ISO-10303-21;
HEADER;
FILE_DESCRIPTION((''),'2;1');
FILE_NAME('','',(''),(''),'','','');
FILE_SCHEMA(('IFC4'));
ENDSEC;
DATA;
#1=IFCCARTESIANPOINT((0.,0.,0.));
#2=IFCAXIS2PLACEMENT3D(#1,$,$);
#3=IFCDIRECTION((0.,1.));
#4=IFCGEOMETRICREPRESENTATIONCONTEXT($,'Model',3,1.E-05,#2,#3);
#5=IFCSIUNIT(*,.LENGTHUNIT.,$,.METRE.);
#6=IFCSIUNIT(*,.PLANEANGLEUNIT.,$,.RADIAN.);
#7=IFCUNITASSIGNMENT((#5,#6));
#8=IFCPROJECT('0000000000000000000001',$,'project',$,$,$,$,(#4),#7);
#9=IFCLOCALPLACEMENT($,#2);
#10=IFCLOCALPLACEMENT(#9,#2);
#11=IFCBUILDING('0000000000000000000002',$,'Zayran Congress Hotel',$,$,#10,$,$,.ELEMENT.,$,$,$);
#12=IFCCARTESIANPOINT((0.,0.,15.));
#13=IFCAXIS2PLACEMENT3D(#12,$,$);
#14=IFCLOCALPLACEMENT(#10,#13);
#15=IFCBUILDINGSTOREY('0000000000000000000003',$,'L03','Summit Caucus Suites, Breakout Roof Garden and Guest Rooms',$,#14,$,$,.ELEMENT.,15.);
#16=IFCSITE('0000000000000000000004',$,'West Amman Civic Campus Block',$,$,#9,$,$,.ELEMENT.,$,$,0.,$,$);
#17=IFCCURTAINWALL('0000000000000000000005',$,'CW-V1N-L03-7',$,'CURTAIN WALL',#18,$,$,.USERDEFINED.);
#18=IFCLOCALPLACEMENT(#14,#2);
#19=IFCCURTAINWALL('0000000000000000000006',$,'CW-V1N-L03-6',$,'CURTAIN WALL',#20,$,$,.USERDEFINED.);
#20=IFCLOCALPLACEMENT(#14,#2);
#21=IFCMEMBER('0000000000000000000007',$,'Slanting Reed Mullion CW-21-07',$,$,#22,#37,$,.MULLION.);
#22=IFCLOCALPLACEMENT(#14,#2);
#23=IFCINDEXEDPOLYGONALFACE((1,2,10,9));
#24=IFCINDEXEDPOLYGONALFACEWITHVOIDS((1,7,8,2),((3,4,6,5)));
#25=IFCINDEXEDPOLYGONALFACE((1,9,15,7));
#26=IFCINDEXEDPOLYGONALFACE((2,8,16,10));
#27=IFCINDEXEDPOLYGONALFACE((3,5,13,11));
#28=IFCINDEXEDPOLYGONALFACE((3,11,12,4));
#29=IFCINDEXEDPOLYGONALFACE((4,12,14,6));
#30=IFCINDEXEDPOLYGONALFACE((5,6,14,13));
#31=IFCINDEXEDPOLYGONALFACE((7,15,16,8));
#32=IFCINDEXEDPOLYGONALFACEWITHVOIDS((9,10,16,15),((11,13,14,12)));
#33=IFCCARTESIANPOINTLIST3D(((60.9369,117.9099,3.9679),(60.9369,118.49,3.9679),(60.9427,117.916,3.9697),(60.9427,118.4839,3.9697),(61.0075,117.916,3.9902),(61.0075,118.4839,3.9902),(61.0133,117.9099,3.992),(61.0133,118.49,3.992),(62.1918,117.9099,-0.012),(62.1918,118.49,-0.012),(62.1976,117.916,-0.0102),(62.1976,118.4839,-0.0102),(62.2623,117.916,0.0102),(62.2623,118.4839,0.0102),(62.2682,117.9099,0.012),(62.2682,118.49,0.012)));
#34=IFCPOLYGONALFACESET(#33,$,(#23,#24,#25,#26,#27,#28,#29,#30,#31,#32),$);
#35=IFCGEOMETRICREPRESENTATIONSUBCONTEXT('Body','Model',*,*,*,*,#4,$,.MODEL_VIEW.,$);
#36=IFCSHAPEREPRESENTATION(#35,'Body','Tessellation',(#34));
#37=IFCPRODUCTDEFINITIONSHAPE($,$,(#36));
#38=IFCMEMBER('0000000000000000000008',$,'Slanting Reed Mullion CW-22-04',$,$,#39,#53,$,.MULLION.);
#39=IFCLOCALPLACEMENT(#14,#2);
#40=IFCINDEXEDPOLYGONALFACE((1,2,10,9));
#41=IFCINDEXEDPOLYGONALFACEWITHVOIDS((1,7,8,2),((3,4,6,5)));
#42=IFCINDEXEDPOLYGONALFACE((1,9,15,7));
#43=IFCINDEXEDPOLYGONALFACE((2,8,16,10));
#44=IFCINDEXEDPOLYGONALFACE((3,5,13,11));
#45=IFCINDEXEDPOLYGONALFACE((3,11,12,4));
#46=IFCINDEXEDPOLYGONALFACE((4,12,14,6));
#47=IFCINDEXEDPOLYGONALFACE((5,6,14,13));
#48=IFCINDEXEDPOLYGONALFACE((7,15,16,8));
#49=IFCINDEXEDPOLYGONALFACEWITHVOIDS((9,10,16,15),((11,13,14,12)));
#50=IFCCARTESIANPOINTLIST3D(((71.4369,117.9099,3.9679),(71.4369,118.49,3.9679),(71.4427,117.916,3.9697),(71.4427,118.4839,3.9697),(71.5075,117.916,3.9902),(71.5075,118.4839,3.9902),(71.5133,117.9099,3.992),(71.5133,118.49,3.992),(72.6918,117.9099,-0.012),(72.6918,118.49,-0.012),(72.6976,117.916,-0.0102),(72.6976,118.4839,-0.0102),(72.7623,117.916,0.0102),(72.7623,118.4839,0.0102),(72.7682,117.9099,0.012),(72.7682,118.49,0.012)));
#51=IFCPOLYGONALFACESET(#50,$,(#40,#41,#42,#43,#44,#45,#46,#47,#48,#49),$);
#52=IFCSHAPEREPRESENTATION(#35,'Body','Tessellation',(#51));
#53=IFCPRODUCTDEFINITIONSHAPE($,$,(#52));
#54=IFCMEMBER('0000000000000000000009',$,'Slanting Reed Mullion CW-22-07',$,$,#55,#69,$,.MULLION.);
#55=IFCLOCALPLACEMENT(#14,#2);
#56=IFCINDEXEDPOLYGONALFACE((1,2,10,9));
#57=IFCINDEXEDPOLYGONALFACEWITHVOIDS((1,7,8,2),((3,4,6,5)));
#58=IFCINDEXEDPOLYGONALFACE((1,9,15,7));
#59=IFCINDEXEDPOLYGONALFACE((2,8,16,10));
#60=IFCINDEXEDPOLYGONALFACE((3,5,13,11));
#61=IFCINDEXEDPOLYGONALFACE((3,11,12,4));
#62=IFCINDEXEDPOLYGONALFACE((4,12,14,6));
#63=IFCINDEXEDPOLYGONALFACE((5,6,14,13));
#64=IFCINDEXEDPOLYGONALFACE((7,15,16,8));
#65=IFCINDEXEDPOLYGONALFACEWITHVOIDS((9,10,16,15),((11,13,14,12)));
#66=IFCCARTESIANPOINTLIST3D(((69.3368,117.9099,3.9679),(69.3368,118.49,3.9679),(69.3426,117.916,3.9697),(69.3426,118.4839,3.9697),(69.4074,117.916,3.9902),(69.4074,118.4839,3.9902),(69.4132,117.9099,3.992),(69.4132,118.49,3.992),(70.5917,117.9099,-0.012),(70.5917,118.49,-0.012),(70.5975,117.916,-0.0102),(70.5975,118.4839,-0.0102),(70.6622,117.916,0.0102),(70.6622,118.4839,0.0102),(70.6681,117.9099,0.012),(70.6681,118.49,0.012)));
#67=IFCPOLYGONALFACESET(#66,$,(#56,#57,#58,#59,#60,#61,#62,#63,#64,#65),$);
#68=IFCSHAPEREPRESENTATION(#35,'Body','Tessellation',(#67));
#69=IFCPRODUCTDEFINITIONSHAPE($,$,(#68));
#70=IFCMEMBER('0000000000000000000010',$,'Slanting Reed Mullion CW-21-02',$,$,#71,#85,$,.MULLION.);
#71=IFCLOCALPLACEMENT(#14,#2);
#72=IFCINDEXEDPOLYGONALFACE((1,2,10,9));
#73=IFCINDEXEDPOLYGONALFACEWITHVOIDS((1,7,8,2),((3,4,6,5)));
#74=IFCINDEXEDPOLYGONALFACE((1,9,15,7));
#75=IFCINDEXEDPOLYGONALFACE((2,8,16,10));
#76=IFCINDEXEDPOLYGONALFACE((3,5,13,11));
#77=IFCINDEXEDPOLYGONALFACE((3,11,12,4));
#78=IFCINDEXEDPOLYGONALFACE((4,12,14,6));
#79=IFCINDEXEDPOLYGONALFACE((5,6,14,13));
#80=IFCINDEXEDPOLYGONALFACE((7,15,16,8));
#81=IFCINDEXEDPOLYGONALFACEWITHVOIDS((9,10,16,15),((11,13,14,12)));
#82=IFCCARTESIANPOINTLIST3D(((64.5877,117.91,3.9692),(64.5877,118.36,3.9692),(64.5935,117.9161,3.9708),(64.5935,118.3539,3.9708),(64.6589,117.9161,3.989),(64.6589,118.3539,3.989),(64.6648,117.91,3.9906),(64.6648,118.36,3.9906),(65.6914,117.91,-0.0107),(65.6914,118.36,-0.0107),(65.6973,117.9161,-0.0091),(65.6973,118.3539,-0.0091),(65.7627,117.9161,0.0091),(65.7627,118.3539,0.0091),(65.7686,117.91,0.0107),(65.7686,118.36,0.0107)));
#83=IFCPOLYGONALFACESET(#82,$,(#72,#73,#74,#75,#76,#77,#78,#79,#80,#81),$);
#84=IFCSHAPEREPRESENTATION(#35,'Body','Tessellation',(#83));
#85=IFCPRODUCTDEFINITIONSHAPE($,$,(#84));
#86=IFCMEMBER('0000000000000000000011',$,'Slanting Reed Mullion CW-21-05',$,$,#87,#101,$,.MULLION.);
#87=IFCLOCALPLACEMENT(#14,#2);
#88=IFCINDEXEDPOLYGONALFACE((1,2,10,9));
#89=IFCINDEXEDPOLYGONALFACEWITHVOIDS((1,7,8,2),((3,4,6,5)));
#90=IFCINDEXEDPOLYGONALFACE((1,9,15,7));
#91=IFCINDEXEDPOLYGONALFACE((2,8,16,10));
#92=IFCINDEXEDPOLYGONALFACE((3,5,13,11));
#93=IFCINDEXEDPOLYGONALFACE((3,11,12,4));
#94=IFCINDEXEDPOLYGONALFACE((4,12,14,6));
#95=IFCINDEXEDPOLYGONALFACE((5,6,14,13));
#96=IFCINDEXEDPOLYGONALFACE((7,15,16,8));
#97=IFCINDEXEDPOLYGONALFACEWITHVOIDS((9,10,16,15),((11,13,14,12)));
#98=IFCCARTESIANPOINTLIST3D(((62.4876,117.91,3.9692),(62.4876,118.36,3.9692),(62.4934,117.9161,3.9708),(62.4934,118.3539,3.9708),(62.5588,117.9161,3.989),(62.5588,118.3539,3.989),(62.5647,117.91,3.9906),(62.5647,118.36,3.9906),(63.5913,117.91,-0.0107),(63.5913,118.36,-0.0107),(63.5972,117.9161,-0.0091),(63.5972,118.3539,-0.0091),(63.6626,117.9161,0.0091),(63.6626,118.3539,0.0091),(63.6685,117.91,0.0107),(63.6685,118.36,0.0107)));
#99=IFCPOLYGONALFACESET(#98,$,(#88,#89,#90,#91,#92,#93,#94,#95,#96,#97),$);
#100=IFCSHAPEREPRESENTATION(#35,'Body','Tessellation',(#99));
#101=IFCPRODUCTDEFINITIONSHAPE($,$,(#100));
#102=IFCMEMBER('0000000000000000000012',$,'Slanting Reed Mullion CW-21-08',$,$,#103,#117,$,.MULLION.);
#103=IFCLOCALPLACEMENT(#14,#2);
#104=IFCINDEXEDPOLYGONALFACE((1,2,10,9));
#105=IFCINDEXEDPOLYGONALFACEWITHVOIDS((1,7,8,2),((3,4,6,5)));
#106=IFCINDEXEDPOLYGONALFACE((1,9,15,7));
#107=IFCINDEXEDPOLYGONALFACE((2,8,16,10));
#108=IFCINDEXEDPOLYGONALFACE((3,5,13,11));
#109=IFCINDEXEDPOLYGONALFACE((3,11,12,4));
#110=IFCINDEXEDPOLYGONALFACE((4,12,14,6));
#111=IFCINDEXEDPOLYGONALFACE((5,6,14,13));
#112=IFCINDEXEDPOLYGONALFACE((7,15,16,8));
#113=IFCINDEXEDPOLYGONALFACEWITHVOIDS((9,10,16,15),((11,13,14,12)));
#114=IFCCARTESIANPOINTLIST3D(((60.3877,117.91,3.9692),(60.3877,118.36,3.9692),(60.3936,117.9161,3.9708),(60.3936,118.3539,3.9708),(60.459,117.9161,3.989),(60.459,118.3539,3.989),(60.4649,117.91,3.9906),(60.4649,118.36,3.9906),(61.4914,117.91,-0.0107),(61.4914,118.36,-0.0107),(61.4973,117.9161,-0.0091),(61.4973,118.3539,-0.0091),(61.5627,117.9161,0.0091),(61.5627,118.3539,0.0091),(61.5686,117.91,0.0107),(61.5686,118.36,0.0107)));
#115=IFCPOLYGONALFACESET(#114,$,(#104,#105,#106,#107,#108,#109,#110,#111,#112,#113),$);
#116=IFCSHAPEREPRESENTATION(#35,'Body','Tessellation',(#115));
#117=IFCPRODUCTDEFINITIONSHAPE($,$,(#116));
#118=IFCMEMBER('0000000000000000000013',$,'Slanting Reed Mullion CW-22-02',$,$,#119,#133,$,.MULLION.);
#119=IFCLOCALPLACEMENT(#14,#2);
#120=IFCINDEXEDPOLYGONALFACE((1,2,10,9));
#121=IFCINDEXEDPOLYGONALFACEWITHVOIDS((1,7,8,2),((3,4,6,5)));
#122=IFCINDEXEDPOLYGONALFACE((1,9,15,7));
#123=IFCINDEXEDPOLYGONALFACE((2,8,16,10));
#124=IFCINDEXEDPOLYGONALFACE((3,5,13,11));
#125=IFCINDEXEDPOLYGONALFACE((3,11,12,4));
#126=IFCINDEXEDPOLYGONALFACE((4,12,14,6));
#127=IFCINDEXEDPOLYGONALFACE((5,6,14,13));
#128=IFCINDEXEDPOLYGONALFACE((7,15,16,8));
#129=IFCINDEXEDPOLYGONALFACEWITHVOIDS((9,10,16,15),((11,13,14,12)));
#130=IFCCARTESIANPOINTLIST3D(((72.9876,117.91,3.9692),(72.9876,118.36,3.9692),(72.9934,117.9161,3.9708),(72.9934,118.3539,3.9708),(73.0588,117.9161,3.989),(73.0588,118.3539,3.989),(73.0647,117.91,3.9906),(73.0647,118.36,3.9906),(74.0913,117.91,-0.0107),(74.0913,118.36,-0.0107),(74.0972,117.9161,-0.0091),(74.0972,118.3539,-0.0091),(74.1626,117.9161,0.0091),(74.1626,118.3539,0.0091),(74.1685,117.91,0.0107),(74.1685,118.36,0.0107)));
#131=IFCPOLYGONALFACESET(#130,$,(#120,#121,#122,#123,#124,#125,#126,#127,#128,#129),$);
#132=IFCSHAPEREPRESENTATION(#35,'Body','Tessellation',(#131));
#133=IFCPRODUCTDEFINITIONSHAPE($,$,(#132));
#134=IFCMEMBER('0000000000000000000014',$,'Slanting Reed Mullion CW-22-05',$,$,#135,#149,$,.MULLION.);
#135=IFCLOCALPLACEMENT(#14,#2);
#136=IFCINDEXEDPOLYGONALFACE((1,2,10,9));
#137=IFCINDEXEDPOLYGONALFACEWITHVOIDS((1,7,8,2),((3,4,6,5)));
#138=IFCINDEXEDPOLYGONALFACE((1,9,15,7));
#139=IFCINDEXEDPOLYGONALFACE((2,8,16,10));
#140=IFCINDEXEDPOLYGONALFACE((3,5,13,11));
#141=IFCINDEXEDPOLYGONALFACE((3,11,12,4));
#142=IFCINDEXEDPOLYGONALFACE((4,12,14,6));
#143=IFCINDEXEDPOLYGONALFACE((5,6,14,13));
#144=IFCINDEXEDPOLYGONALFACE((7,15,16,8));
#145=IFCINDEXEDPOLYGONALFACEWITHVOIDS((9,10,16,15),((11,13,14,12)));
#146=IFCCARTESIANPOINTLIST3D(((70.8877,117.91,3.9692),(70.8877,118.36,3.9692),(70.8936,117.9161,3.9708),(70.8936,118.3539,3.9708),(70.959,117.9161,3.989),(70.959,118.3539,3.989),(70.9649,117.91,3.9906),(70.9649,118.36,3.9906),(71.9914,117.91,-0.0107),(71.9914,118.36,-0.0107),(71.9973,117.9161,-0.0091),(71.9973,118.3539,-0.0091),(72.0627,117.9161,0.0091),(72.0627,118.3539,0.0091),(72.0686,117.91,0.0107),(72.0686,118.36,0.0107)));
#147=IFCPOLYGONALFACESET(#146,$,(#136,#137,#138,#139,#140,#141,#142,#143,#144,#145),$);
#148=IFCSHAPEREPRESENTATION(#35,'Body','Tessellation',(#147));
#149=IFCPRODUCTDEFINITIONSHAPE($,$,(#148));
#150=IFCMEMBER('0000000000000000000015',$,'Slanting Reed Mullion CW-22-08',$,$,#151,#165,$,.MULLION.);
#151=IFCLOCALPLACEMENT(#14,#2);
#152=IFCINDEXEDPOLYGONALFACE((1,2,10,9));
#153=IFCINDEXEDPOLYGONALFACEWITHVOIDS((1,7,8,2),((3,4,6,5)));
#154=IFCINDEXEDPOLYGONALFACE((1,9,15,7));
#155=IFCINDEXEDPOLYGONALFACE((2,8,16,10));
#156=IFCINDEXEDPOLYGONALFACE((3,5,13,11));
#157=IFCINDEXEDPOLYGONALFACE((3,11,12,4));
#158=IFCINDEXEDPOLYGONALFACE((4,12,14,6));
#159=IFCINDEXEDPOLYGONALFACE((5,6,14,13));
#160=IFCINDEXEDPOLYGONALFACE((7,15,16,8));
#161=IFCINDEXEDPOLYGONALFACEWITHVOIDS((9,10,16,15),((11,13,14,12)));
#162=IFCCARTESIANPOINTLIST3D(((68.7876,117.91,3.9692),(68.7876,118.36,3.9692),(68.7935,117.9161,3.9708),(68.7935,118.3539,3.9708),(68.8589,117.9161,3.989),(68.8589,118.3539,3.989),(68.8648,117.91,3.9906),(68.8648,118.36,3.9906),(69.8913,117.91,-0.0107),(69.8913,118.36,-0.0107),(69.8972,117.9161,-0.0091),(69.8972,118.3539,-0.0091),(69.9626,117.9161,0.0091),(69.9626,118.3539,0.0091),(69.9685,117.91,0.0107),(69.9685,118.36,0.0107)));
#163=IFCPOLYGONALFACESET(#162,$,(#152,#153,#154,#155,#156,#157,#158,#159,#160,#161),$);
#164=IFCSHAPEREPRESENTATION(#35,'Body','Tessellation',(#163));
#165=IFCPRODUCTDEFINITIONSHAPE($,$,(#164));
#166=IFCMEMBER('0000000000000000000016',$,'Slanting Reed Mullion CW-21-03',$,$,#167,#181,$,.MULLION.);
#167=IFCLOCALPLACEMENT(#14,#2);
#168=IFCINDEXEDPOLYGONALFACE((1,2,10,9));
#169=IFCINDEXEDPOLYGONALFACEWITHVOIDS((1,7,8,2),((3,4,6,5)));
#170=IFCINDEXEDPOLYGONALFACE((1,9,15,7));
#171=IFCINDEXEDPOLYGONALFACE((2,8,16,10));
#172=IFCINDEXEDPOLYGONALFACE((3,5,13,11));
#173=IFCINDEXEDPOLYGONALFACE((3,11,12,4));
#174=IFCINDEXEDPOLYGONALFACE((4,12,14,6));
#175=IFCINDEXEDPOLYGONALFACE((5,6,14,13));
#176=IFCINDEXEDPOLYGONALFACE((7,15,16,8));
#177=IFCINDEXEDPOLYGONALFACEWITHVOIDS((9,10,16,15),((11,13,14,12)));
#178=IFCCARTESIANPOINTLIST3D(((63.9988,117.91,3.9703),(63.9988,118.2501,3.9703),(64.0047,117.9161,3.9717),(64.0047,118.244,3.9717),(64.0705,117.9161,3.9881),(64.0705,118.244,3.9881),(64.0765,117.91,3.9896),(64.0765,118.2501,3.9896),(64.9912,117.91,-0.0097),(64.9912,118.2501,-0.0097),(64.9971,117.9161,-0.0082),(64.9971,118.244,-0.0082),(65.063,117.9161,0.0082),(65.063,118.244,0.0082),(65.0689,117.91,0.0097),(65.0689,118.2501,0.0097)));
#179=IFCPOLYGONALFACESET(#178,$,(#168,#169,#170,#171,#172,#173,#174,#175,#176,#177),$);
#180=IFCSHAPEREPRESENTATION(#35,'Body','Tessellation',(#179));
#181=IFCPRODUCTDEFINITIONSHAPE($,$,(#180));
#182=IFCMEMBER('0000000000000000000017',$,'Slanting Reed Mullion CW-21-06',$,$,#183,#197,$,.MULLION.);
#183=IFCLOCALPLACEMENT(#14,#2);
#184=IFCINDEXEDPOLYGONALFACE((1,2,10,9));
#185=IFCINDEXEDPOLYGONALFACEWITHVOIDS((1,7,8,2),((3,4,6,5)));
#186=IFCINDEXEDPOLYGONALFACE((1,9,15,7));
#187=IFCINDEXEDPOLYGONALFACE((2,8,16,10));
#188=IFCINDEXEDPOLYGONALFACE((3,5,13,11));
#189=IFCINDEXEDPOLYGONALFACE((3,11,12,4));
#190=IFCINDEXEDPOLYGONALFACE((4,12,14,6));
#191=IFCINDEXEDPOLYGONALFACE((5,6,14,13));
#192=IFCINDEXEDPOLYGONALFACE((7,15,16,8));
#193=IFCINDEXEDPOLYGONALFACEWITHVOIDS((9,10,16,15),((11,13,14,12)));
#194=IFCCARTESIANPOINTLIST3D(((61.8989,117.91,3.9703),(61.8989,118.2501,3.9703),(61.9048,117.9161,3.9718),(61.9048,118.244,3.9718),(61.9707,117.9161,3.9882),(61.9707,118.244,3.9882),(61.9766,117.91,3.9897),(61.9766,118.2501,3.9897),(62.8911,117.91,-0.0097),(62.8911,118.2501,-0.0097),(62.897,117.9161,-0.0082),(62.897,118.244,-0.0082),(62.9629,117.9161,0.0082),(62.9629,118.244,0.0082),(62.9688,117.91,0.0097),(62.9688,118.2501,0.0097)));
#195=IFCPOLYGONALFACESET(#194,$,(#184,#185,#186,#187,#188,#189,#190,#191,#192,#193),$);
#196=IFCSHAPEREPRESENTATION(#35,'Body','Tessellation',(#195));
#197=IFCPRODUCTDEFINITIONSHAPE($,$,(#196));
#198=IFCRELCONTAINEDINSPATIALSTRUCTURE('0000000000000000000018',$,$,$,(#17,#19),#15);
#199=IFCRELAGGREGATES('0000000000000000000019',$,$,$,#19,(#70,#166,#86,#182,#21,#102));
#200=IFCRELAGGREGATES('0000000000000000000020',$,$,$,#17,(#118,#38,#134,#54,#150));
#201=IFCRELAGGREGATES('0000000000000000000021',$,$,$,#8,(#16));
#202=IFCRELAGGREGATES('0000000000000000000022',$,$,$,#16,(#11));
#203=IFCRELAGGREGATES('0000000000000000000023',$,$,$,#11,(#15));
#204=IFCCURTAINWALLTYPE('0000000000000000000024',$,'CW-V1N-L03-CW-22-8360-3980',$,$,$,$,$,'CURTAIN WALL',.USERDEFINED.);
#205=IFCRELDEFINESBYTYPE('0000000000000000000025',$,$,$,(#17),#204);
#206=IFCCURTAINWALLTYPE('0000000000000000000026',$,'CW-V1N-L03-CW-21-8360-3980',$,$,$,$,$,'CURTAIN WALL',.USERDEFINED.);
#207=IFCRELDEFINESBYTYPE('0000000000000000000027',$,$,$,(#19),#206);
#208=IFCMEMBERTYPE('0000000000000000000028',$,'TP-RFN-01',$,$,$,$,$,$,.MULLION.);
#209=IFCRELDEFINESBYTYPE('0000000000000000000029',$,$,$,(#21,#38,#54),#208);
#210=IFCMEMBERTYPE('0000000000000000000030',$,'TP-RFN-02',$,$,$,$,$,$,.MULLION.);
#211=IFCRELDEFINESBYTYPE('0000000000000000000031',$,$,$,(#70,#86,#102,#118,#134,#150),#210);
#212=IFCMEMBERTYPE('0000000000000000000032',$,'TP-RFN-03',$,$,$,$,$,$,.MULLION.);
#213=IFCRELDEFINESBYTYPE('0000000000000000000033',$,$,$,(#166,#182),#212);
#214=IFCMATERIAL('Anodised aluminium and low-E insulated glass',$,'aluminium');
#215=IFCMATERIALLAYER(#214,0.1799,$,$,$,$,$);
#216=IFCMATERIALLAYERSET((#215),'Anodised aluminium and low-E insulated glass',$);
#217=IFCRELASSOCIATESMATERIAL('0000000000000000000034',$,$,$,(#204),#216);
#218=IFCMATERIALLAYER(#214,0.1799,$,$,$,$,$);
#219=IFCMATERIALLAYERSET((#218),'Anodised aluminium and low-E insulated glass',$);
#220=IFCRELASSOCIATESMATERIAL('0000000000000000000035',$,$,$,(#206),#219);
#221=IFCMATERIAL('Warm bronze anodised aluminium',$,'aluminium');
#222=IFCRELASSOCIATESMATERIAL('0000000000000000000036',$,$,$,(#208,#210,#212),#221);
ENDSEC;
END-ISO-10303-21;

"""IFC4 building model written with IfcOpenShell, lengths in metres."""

from ifc_helpers import new_model, si_unit, direction, frame, origin, origin_2d, place, context, subcontext, project, spatial, hollow_rectangle, extrude, material, layer, layer_set, material_profile, profile_set, type_object, element, aggregate, save


model = new_model("IFC4")

# Units and contexts
model_context = context("Model", 3, precision=1e-05, world=origin(), true_north=direction((0.0, 1.0)))
body_context = subcontext(model_context, "Body", "Model", "MODEL_VIEW")
ifc_project = project(units=[si_unit("LENGTHUNIT", "METRE"), si_unit("PLANEANGLEUNIT", "RADIAN")], contexts=[model_context])

# Site, building, storey
site_placement = place(None, origin())
site = spatial("IfcSite", under=ifc_project, at=site_placement, Name="West Amman Civic Campus Block", CompositionType="ELEMENT", RefElevation=0.0)
building_placement = place(site_placement, origin())
building = spatial("IfcBuilding", under=site, at=building_placement, Name="Zayran Congress Hotel", CompositionType="ELEMENT")
storey_placement = place(building_placement, frame((0.0, 0.0, 15.0)))
storey = spatial("IfcBuildingStorey", under=building, at=storey_placement, Name="L03", Description="Summit Caucus Suites, Breakout Roof Garden and Guest Rooms", CompositionType="ELEMENT", Elevation=15.0)

# Curtain walls, member
ifc_material_1 = material(Name="Anodised aluminium and low-E insulated glass", Category="aluminium")
ifc_layer_1 = layer(ifc_material_1, 0.1799)
ifc_layer_set_1 = layer_set([ifc_layer_1], Name="Anodised aluminium and low-E insulated glass")
curtain_wall_type_1 = type_object("IfcCurtainWallType", Name="CW-V1N-L03-CW-22-8360-3980", ElementType="CURTAIN WALL", PredefinedType="USERDEFINED", material=ifc_layer_set_1)
curtain_wall_1_placement = place(storey_placement, origin())
curtain_wall_1 = element("IfcCurtainWall", 1, at=curtain_wall_1_placement, inside=storey, type_object=curtain_wall_type_1, Name="CW-V1N-L03-7", ObjectType="CURTAIN WALL", PredefinedType="USERDEFINED")
ifc_layer_2 = layer(ifc_material_1, 0.1799)
ifc_layer_set_2 = layer_set([ifc_layer_2], Name="Anodised aluminium and low-E insulated glass")
curtain_wall_type_2 = type_object("IfcCurtainWallType", Name="CW-V1N-L03-CW-21-8360-3980", ElementType="CURTAIN WALL", PredefinedType="USERDEFINED", material=ifc_layer_set_2)
curtain_wall_2_placement = place(storey_placement, origin())
curtain_wall_2 = element("IfcCurtainWall", 2, at=curtain_wall_2_placement, inside=storey, type_object=curtain_wall_type_2, Name="CW-V1N-L03-6", ObjectType="CURTAIN WALL", PredefinedType="USERDEFINED")
ifc_material_2 = material(Name="Warm bronze anodised aluminium", Category="aluminium")
ifc_material_profile_1 = material_profile(ifc_material_2, hollow_rectangle(XDim=0.0801, YDim=0.5801, WallThickness=0.0061, at=origin_2d()), Name="RHS 580x80x6")
ifc_profile_set_1 = profile_set([ifc_material_profile_1], Name="Warm bronze anodised aluminium")
member_type_1 = type_object("IfcMemberType", Name="TP-RFN-01", PredefinedType="MULLION", material=ifc_profile_set_1)
member_1_placement = place(storey_placement, frame((62.23, 118.2, 0.0), z_axis=(-0.300706, 0.0, 0.953717), x_axis=(0.953717, 0.0, 0.300706)))
member_1 = element("IfcMember", 3, at=member_1_placement, type_object=member_type_1, Name="Slanting Reed Mullion CW-21-07", PredefinedType="MULLION", context=body_context, shape_type="SweptSolid", body=[
    extrude(hollow_rectangle(XDim=0.0801, YDim=0.5801, WallThickness=0.0061, at=origin_2d()), origin(), (0.0, 0.0, 1.0), 4.1731),
])

# Members
member_2_placement = place(storey_placement, frame((72.73, 118.2, 0.0), z_axis=(-0.300706, 0.0, 0.953717), x_axis=(0.953717, 0.0, 0.300706)))
member_2 = element("IfcMember", 4, at=member_2_placement, type_object=member_type_1, Name="Slanting Reed Mullion CW-22-04", PredefinedType="MULLION", context=body_context, shape_type="SweptSolid", body=[
    extrude(hollow_rectangle(XDim=0.0801, YDim=0.5801, WallThickness=0.0061, at=origin_2d()), origin(), (0.0, 0.0, 1.0), 4.1731),
])
member_3_placement = place(storey_placement, frame((70.6299, 118.2, 0.0), z_axis=(-0.300706, 0.0, 0.953717), x_axis=(0.953717, 0.0, 0.300706)))
member_3 = element("IfcMember", 5, at=member_3_placement, type_object=member_type_1, Name="Slanting Reed Mullion CW-22-07", PredefinedType="MULLION", context=body_context, shape_type="SweptSolid", body=[
    extrude(hollow_rectangle(XDim=0.0801, YDim=0.5801, WallThickness=0.0061, at=origin_2d()), origin(), (0.0, 0.0, 1.0), 4.1731),
])
ifc_material_profile_2 = material_profile(ifc_material_2, hollow_rectangle(XDim=0.0801, YDim=0.45, WallThickness=0.0061, at=origin_2d()), Name="RHS 450x80x6")
ifc_profile_set_2 = profile_set([ifc_material_profile_2], Name="Warm bronze anodised aluminium")
member_type_2 = type_object("IfcMemberType", Name="TP-RFN-02", PredefinedType="MULLION", material=ifc_profile_set_2)
member_4_placement = place(storey_placement, frame((65.73, 118.135, 0.0), z_axis=(-0.267241, 0.0, 0.96363), x_axis=(0.96363, 0.0, 0.267241)))
member_4 = element("IfcMember", 6, at=member_4_placement, type_object=member_type_2, Name="Slanting Reed Mullion CW-21-02", PredefinedType="MULLION", context=body_context, shape_type="SweptSolid", body=[
    extrude(hollow_rectangle(XDim=0.0801, YDim=0.45, WallThickness=0.0061, at=origin_2d()), origin(), (0.0, 0.0, 1.0), 4.1301),
])
member_5_placement = place(storey_placement, frame((63.6299, 118.135, 0.0), z_axis=(-0.267241, 0.0, 0.96363), x_axis=(0.96363, 0.0, 0.267241)))
member_5 = element("IfcMember", 7, at=member_5_placement, type_object=member_type_2, Name="Slanting Reed Mullion CW-21-05", PredefinedType="MULLION", context=body_context, shape_type="SweptSolid", body=[
    extrude(hollow_rectangle(XDim=0.0801, YDim=0.45, WallThickness=0.0061, at=origin_2d()), origin(), (0.0, 0.0, 1.0), 4.1301),
])
member_6_placement = place(storey_placement, frame((61.53, 118.135, 0.0), z_axis=(-0.267241, 0.0, 0.96363), x_axis=(0.96363, 0.0, 0.267241)))
member_6 = element("IfcMember", 8, at=member_6_placement, type_object=member_type_2, Name="Slanting Reed Mullion CW-21-08", PredefinedType="MULLION", context=body_context, shape_type="SweptSolid", body=[
    extrude(hollow_rectangle(XDim=0.0801, YDim=0.45, WallThickness=0.0061, at=origin_2d()), origin(), (0.0, 0.0, 1.0), 4.1301),
])
member_7_placement = place(storey_placement, frame((74.1299, 118.135, 0.0), z_axis=(-0.267241, 0.0, 0.96363), x_axis=(0.96363, 0.0, 0.267241)))
member_7 = element("IfcMember", 9, at=member_7_placement, type_object=member_type_2, Name="Slanting Reed Mullion CW-22-02", PredefinedType="MULLION", context=body_context, shape_type="SweptSolid", body=[
    extrude(hollow_rectangle(XDim=0.0801, YDim=0.45, WallThickness=0.0061, at=origin_2d()), origin(), (0.0, 0.0, 1.0), 4.1301),
])
member_8_placement = place(storey_placement, frame((72.03, 118.135, 0.0), z_axis=(-0.267241, 0.0, 0.96363), x_axis=(0.96363, 0.0, 0.267241)))
member_8 = element("IfcMember", 10, at=member_8_placement, type_object=member_type_2, Name="Slanting Reed Mullion CW-22-05", PredefinedType="MULLION", context=body_context, shape_type="SweptSolid", body=[
    extrude(hollow_rectangle(XDim=0.0801, YDim=0.45, WallThickness=0.0061, at=origin_2d()), origin(), (0.0, 0.0, 1.0), 4.1301),
])
member_9_placement = place(storey_placement, frame((69.9299, 118.135, 0.0), z_axis=(-0.267241, 0.0, 0.96363), x_axis=(0.96363, 0.0, 0.267241)))
member_9 = element("IfcMember", 11, at=member_9_placement, type_object=member_type_2, Name="Slanting Reed Mullion CW-22-08", PredefinedType="MULLION", context=body_context, shape_type="SweptSolid", body=[
    extrude(hollow_rectangle(XDim=0.0801, YDim=0.45, WallThickness=0.0061, at=origin_2d()), origin(), (0.0, 0.0, 1.0), 4.1301),
])
ifc_material_profile_3 = material_profile(ifc_material_2, hollow_rectangle(XDim=0.0801, YDim=0.3401, WallThickness=0.0061, at=origin_2d()), Name="RHS 340x80x6")
ifc_profile_set_3 = profile_set([ifc_material_profile_3], Name="Warm bronze anodised aluminium")
member_type_3 = type_object("IfcMemberType", Name="TP-RFN-03", PredefinedType="MULLION", material=ifc_profile_set_3)
member_10_placement = place(storey_placement, frame((65.03, 118.0801, 0.0), z_axis=(-0.241947, 0.0, 0.970289), x_axis=(0.970289, 0.0, 0.241947)))
member_10 = element("IfcMember", 12, at=member_10_placement, type_object=member_type_3, Name="Slanting Reed Mullion CW-21-03", PredefinedType="MULLION", context=body_context, shape_type="SweptSolid", body=[
    extrude(hollow_rectangle(XDim=0.0801, YDim=0.3401, WallThickness=0.0061, at=origin_2d()), origin(), (0.0, 0.0, 1.0), 4.1018),
])
member_11_placement = place(storey_placement, frame((62.9299, 118.0801, 0.0), z_axis=(-0.241891, 0.0, 0.970303), x_axis=(0.970303, 0.0, 0.241891)))
member_11 = element("IfcMember", 13, at=member_11_placement, type_object=member_type_3, Name="Slanting Reed Mullion CW-21-06", PredefinedType="MULLION", context=body_context, shape_type="SweptSolid", body=[
    extrude(hollow_rectangle(XDim=0.0801, YDim=0.3401, WallThickness=0.0061, at=origin_2d()), origin(), (0.0, 0.0, 1.0), 4.1018),
])
aggregate(curtain_wall_2, [member_4, member_10, member_5, member_11, member_1, member_6])

aggregate(curtain_wall_1, [member_7, member_2, member_8, member_3, member_9])

save(model, "model.ifc")
